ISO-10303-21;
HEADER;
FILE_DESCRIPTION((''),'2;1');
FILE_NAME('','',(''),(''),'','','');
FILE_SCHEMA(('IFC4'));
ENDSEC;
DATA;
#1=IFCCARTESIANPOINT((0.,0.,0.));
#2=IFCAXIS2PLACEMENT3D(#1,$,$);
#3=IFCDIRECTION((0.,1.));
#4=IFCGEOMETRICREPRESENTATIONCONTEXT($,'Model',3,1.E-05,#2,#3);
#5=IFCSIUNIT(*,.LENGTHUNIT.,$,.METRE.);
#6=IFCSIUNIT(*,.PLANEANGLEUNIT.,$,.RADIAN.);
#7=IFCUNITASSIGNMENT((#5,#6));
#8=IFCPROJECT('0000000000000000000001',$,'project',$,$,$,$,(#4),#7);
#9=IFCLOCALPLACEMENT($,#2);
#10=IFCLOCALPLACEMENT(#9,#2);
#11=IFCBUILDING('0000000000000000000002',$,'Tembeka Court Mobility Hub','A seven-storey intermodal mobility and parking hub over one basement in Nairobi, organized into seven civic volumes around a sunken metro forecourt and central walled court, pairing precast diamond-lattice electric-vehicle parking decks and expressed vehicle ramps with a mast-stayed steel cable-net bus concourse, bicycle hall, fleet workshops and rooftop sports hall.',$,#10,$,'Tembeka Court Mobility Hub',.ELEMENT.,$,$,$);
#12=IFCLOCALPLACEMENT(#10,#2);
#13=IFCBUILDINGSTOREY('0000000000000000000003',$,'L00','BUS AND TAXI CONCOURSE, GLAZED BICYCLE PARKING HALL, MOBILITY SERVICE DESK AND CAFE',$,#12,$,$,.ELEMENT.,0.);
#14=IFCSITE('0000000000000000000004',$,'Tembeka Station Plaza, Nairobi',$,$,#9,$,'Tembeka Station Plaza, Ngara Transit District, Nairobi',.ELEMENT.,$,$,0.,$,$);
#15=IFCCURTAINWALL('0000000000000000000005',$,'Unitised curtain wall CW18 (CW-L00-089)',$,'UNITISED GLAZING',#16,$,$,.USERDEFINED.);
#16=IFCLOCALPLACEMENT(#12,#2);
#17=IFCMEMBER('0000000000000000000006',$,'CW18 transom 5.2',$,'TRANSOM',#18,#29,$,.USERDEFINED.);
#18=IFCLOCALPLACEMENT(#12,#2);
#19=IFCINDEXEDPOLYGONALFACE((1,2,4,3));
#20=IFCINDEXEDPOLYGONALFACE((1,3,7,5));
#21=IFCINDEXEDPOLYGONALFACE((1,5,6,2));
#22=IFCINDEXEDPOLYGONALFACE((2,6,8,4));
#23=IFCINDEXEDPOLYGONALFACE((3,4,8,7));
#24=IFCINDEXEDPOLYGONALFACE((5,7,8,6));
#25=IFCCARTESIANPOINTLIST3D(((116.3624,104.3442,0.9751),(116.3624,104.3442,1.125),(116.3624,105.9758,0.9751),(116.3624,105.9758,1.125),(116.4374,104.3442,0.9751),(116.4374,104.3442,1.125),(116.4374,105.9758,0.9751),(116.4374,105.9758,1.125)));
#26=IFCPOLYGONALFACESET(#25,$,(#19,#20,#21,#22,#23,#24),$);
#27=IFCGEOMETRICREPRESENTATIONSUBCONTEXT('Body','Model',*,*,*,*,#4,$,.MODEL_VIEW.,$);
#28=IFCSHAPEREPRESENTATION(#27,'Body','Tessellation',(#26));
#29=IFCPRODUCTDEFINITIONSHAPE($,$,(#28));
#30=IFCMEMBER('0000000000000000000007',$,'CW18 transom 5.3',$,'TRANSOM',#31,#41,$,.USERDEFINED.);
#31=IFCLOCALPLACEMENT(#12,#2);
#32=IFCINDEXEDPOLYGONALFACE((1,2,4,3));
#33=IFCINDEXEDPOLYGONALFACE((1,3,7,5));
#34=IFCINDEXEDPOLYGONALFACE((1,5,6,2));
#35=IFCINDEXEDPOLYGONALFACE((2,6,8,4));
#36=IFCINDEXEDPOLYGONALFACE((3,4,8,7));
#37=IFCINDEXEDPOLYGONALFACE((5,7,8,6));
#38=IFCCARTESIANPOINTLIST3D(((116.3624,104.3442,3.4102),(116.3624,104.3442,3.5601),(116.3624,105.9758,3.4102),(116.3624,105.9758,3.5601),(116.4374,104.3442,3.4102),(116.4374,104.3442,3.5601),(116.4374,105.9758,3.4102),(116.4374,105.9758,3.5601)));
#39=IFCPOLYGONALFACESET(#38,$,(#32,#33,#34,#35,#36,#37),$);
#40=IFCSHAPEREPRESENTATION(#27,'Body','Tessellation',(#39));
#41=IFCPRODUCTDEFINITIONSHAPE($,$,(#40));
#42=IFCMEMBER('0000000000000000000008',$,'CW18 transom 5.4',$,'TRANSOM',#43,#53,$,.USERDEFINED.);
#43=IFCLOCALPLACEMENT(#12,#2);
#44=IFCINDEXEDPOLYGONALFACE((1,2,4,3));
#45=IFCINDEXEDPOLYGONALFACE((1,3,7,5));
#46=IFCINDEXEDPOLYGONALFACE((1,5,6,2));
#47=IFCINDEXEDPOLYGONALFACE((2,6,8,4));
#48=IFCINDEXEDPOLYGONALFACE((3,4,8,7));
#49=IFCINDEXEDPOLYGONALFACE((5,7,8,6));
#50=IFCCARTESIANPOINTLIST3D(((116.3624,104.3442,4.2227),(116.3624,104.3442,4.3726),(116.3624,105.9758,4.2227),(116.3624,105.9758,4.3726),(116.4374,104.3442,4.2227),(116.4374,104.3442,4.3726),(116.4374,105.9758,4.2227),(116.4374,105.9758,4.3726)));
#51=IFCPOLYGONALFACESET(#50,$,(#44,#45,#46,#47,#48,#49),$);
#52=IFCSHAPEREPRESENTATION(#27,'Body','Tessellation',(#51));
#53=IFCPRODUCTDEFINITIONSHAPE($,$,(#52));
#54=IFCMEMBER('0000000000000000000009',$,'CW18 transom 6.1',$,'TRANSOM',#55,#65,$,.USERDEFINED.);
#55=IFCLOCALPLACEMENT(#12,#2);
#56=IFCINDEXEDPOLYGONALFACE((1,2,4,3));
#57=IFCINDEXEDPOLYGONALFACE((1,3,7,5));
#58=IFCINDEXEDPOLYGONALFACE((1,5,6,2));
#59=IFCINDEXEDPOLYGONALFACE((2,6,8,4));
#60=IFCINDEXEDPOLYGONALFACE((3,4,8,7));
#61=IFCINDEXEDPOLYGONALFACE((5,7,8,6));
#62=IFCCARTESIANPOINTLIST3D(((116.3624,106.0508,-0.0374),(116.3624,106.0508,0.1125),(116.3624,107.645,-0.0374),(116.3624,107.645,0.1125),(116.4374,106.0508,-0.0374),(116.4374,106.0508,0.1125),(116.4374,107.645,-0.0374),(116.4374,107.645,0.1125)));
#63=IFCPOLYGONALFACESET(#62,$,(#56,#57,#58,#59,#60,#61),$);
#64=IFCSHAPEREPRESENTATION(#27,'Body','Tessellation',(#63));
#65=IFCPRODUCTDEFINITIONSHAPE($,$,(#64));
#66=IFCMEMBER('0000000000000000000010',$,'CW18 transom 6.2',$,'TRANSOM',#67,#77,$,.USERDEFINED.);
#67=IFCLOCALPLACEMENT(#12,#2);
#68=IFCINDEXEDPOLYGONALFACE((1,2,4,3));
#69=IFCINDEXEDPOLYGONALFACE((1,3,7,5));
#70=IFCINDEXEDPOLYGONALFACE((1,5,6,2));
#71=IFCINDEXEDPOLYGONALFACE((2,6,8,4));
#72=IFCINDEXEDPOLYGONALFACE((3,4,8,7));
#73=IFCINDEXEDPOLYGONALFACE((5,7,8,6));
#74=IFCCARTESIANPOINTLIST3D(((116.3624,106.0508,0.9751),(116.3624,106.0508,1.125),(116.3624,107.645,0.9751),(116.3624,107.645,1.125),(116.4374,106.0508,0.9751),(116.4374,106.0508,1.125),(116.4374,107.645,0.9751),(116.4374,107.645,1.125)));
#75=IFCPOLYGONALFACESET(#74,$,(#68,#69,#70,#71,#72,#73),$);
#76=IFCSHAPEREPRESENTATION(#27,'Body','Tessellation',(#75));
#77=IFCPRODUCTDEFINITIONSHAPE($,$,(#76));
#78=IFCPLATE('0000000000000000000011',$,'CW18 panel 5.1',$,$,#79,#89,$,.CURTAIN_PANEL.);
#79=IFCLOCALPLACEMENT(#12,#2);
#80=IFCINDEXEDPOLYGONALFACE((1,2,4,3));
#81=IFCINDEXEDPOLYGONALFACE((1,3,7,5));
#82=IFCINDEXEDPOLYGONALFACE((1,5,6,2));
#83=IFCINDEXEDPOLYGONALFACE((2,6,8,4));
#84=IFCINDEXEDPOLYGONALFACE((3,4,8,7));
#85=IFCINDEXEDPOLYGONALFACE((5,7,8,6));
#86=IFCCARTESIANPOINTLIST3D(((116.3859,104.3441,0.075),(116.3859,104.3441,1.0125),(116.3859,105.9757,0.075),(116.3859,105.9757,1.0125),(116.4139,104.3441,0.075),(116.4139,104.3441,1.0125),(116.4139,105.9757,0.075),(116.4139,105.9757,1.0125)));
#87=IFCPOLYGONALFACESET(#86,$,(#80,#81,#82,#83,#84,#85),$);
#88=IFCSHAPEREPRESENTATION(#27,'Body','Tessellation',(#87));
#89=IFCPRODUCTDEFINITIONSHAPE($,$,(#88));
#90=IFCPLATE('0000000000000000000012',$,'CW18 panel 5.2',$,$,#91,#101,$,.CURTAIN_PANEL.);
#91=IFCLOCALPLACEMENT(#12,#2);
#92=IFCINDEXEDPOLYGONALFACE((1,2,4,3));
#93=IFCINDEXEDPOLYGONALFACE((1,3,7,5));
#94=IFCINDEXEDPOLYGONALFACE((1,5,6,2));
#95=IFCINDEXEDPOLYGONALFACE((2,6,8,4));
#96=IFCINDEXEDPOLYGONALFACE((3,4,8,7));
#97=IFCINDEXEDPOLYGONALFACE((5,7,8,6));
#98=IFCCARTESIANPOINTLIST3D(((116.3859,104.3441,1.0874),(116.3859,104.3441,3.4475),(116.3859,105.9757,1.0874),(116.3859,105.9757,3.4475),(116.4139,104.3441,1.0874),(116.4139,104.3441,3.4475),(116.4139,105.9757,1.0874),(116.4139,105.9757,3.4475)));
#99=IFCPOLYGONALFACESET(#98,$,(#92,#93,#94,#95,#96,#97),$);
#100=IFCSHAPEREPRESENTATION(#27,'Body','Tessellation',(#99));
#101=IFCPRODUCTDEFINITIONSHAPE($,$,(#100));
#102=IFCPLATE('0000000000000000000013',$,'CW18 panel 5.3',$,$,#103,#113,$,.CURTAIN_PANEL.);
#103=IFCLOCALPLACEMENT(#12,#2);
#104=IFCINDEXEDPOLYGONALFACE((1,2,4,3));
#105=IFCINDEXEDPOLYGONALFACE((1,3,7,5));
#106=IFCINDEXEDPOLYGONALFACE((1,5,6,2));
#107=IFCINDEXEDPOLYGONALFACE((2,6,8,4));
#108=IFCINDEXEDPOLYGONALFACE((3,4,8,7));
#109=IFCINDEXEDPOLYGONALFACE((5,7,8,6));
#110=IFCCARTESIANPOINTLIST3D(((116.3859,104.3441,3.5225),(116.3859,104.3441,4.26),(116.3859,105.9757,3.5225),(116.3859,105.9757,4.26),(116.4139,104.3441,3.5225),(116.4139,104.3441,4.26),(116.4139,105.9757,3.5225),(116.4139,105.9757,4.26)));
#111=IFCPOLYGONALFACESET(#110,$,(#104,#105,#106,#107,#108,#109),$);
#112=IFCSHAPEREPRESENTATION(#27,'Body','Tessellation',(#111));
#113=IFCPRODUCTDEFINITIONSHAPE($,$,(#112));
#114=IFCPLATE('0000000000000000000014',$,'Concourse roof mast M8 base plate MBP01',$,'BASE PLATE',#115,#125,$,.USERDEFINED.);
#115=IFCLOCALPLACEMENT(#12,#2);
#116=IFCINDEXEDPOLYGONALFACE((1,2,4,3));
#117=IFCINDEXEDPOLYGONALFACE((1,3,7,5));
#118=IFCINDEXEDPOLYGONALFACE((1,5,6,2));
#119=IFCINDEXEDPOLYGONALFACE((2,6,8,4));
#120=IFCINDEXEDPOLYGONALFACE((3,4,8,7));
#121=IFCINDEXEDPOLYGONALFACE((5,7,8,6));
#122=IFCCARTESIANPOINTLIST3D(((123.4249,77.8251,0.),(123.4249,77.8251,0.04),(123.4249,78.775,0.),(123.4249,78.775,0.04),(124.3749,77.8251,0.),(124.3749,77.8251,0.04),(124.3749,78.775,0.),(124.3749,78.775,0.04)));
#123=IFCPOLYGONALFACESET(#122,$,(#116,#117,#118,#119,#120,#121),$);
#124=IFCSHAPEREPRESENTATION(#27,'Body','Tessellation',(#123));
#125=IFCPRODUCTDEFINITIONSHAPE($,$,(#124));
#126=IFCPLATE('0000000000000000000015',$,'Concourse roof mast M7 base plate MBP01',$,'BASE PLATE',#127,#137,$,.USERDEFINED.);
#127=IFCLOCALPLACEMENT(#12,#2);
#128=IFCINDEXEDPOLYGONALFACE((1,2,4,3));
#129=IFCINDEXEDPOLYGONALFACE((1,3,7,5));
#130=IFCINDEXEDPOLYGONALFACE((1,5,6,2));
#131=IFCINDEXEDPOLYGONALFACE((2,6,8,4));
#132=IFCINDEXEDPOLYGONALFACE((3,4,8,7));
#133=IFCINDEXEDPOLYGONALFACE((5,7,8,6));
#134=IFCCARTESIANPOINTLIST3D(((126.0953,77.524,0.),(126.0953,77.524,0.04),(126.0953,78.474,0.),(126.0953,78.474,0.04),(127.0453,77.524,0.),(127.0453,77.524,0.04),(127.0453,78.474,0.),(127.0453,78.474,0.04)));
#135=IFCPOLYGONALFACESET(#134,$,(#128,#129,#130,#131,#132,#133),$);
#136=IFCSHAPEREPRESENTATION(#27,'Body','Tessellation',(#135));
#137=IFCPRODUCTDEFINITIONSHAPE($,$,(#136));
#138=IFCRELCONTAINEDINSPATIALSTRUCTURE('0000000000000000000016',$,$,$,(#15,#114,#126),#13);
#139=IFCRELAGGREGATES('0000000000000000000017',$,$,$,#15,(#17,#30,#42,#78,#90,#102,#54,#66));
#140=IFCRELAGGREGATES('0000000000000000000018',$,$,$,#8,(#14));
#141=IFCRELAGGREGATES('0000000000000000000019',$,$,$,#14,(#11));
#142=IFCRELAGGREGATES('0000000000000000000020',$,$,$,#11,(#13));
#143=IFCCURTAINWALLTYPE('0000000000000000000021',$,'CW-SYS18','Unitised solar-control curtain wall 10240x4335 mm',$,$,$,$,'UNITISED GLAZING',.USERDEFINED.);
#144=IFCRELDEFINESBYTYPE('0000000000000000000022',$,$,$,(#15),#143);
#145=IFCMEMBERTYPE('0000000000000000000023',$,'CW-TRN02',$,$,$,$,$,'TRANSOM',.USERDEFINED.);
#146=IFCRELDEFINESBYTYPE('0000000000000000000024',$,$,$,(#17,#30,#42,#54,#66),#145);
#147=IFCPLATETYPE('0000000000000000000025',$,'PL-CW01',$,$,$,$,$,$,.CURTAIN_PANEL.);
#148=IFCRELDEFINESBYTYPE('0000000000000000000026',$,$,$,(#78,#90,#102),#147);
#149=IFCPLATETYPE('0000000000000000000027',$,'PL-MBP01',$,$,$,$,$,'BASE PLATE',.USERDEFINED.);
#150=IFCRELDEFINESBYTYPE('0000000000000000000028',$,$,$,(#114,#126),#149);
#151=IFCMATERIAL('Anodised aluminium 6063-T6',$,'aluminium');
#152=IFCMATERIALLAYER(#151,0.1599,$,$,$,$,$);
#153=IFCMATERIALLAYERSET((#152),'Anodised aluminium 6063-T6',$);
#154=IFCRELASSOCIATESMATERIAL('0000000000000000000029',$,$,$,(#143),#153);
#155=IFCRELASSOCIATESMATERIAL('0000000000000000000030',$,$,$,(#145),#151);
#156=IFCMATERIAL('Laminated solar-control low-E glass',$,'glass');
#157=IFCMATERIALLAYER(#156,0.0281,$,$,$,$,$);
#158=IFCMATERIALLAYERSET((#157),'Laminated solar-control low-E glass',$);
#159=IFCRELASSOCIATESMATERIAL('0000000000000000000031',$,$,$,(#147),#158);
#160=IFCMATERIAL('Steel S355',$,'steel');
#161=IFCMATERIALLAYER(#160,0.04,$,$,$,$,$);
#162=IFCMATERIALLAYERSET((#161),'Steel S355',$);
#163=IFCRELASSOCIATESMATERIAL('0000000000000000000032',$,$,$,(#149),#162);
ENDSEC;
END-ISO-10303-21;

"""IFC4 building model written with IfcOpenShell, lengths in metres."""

from ifc_helpers import new_model, si_unit, direction, frame, origin, origin_2d, place, context, subcontext, project, spatial, rectangle, extrude, material, layer, layer_set, material_profile, profile_set, type_object, element, aggregate, save


model = new_model("IFC4")

# Units and contexts
model_context = context("Model", 3, precision=1e-05, world=origin(), true_north=direction((0.0, 1.0)))
body_context = subcontext(model_context, "Body", "Model", "MODEL_VIEW")
ifc_project = project(units=[si_unit("LENGTHUNIT", "METRE"), si_unit("PLANEANGLEUNIT", "RADIAN")], contexts=[model_context])

# Site, building, storey
site_placement = place(None, origin())
site = spatial("IfcSite", under=ifc_project, at=site_placement, Name="Tembeka Station Plaza, Nairobi", LongName="Tembeka Station Plaza, Ngara Transit District, Nairobi", CompositionType="ELEMENT", RefElevation=0.0)
building_placement = place(site_placement, origin())
building = spatial("IfcBuilding", under=site, at=building_placement, Name="Tembeka Court Mobility Hub", Description="A seven-storey intermodal mobility and parking hub over one basement in Nairobi, organized into seven civic volumes around a sunken metro forecourt and central walled court, pairing precast diamond-lattice electric-vehicle parking decks and expressed vehicle ramps with a mast-stayed steel cable-net bus concourse, bicycle hall, fleet workshops and rooftop sports hall.", LongName="Tembeka Court Mobility Hub", CompositionType="ELEMENT")
storey_placement = place(building_placement, origin())
storey = spatial("IfcBuildingStorey", under=building, at=storey_placement, Name="L00", Description="BUS AND TAXI CONCOURSE, GLAZED BICYCLE PARKING HALL, MOBILITY SERVICE DESK AND CAFE", CompositionType="ELEMENT", Elevation=0.0)

# Shared definitions
ifc_material_1 = material(Name="Steel S355", Category="steel")

# Curtain wall, members, plates
ifc_material_2 = material(Name="Anodised aluminium 6063-T6", Category="aluminium")
ifc_layer_1 = layer(ifc_material_2, 0.1599)
ifc_layer_set_1 = layer_set([ifc_layer_1], Name="Anodised aluminium 6063-T6")
curtain_wall_type = type_object("IfcCurtainWallType", Name="CW-SYS18", Description="Unitised solar-control curtain wall 10240x4335 mm", ElementType="UNITISED GLAZING", PredefinedType="USERDEFINED", material=ifc_layer_set_1)
curtain_wall_placement = place(storey_placement, origin())
curtain_wall = element("IfcCurtainWall", 1, at=curtain_wall_placement, inside=storey, type_object=curtain_wall_type, Name="Unitised curtain wall CW18 (CW-L00-089)", ObjectType="UNITISED GLAZING", PredefinedType="USERDEFINED")
ifc_material_profile_1 = material_profile(ifc_material_2, rectangle(XDim=0.075, YDim=0.1499, at=origin_2d()), Name="ALU-TRN 75x150")
ifc_profile_set_1 = profile_set([ifc_material_profile_1], Name="Anodised aluminium 6063-T6")
member_type_1 = type_object("IfcMemberType", Name="CW-TRN02", ElementType="TRANSOM", PredefinedType="USERDEFINED", material=ifc_profile_set_1)
member_1_placement = place(storey_placement, frame((116.3999, 104.3442, 1.05), z_axis=(0.0, 1.0, 0.0), x_axis=(-1.0, 0.0, 0.0)))
member_1 = element("IfcMember", 2, at=member_1_placement, type_object=member_type_1, Name="CW18 transom 5.2", ObjectType="TRANSOM", PredefinedType="USERDEFINED", context=body_context, shape_type="SweptSolid", body=[
    extrude(rectangle(XDim=0.075, YDim=0.1499, at=origin_2d()), origin(), (0.0, 0.0, 1.0), 1.6316),
])
member_2_placement = place(storey_placement, frame((116.3999, 104.3442, 3.4851), z_axis=(0.0, 1.0, 0.0), x_axis=(-1.0, 0.0, 0.0)))
member_2 = element("IfcMember", 3, at=member_2_placement, type_object=member_type_1, Name="CW18 transom 5.3", ObjectType="TRANSOM", PredefinedType="USERDEFINED", context=body_context, shape_type="SweptSolid", body=[
    extrude(rectangle(XDim=0.075, YDim=0.1499, at=origin_2d()), origin(), (0.0, 0.0, 1.0), 1.6316),
])
member_3_placement = place(storey_placement, frame((116.3999, 104.3442, 4.2976), z_axis=(0.0, 1.0, 0.0), x_axis=(-1.0, 0.0, 0.0)))
member_3 = element("IfcMember", 4, at=member_3_placement, type_object=member_type_1, Name="CW18 transom 5.4", ObjectType="TRANSOM", PredefinedType="USERDEFINED", context=body_context, shape_type="SweptSolid", body=[
    extrude(rectangle(XDim=0.075, YDim=0.1499, at=origin_2d()), origin(), (0.0, 0.0, 1.0), 1.6316),
])
member_4_placement = place(storey_placement, frame((116.3999, 106.0508, 0.0376), z_axis=(0.0, 1.0, 0.0), x_axis=(-1.0, 0.0, 0.0)))
member_4 = element("IfcMember", 5, at=member_4_placement, type_object=member_type_1, Name="CW18 transom 6.1", ObjectType="TRANSOM", PredefinedType="USERDEFINED", context=body_context, shape_type="SweptSolid", body=[
    extrude(rectangle(XDim=0.075, YDim=0.1499, at=origin_2d()), origin(), (0.0, 0.0, 1.0), 1.5942),
])
member_5_placement = place(storey_placement, frame((116.3999, 106.0508, 1.05), z_axis=(0.0, 1.0, 0.0), x_axis=(-1.0, 0.0, 0.0)))
member_5 = element("IfcMember", 6, at=member_5_placement, type_object=member_type_1, Name="CW18 transom 6.2", ObjectType="TRANSOM", PredefinedType="USERDEFINED", context=body_context, shape_type="SweptSolid", body=[
    extrude(rectangle(XDim=0.075, YDim=0.1499, at=origin_2d()), origin(), (0.0, 0.0, 1.0), 1.5942),
])
ifc_material_3 = material(Name="Laminated solar-control low-E glass", Category="glass")
ifc_layer_2 = layer(ifc_material_3, 0.0281)
ifc_layer_set_2 = layer_set([ifc_layer_2], Name="Laminated solar-control low-E glass")
plate_type_1 = type_object("IfcPlateType", Name="PL-CW01", PredefinedType="CURTAIN_PANEL", material=ifc_layer_set_2)
plate_1_placement = place(storey_placement, frame((116.3999, 105.1599, 0.075), z_axis=(0.0, 0.0, 1.0), x_axis=(0.0, 1.0, 0.0)))
plate_1 = element("IfcPlate", 7, at=plate_1_placement, type_object=plate_type_1, Name="CW18 panel 5.1", PredefinedType="CURTAIN_PANEL", context=body_context, shape_type="SweptSolid", body=[
    extrude(rectangle(XDim=1.6316, YDim=0.0281, at=origin_2d()), origin(), (0.0, 0.0, 1.0), 0.9375),
])
plate_2_placement = place(storey_placement, frame((116.3999, 105.1599, 1.0874), z_axis=(0.0, 0.0, 1.0), x_axis=(0.0, 1.0, 0.0)))
plate_2 = element("IfcPlate", 8, at=plate_2_placement, type_object=plate_type_1, Name="CW18 panel 5.2", PredefinedType="CURTAIN_PANEL", context=body_context, shape_type="SweptSolid", body=[
    extrude(rectangle(XDim=1.6316, YDim=0.0281, at=origin_2d()), origin(), (0.0, 0.0, 1.0), 2.3601),
])
plate_3_placement = place(storey_placement, frame((116.3999, 105.1599, 3.5225), z_axis=(0.0, 0.0, 1.0), x_axis=(0.0, 1.0, 0.0)))
plate_3 = element("IfcPlate", 9, at=plate_3_placement, type_object=plate_type_1, Name="CW18 panel 5.3", PredefinedType="CURTAIN_PANEL", context=body_context, shape_type="SweptSolid", body=[
    extrude(rectangle(XDim=1.6316, YDim=0.0281, at=origin_2d()), origin(), (0.0, 0.0, 1.0), 0.7375),
])
aggregate(curtain_wall, [member_1, member_2, member_3, plate_1, plate_2, plate_3, member_4, member_5])

# Plates
ifc_layer_3 = layer(ifc_material_1, 0.04)
ifc_layer_set_3 = layer_set([ifc_layer_3], Name="Steel S355")
plate_type_2 = type_object("IfcPlateType", Name="PL-MBP01", ElementType="BASE PLATE", PredefinedType="USERDEFINED", material=ifc_layer_set_3)
for number, where, z_axis, x_axis, name in (
    (10, (123.8999, 78.3, 0.0), (0.0, 0.0, 1.0), (1.0, 0.0, 0.0), "Concourse roof mast M8 base plate MBP01"),
    (11, (126.5703, 77.999, 0.0), (0.0, 0.0, 1.0), (1.0, 0.0, 0.0), "Concourse roof mast M7 base plate MBP01"),
):
    element("IfcPlate", number, at=place(storey_placement, frame(where, z_axis=z_axis, x_axis=x_axis)), inside=storey, type_object=plate_type_2, Name=name, ObjectType="BASE PLATE", PredefinedType="USERDEFINED", context=body_context, shape_type="SweptSolid", body=[
        extrude(rectangle(XDim=0.95, YDim=0.95, at=origin_2d()), origin(), (0.0, 0.0, 1.0), 0.04),
    ])

save(model, "model.ifc")
